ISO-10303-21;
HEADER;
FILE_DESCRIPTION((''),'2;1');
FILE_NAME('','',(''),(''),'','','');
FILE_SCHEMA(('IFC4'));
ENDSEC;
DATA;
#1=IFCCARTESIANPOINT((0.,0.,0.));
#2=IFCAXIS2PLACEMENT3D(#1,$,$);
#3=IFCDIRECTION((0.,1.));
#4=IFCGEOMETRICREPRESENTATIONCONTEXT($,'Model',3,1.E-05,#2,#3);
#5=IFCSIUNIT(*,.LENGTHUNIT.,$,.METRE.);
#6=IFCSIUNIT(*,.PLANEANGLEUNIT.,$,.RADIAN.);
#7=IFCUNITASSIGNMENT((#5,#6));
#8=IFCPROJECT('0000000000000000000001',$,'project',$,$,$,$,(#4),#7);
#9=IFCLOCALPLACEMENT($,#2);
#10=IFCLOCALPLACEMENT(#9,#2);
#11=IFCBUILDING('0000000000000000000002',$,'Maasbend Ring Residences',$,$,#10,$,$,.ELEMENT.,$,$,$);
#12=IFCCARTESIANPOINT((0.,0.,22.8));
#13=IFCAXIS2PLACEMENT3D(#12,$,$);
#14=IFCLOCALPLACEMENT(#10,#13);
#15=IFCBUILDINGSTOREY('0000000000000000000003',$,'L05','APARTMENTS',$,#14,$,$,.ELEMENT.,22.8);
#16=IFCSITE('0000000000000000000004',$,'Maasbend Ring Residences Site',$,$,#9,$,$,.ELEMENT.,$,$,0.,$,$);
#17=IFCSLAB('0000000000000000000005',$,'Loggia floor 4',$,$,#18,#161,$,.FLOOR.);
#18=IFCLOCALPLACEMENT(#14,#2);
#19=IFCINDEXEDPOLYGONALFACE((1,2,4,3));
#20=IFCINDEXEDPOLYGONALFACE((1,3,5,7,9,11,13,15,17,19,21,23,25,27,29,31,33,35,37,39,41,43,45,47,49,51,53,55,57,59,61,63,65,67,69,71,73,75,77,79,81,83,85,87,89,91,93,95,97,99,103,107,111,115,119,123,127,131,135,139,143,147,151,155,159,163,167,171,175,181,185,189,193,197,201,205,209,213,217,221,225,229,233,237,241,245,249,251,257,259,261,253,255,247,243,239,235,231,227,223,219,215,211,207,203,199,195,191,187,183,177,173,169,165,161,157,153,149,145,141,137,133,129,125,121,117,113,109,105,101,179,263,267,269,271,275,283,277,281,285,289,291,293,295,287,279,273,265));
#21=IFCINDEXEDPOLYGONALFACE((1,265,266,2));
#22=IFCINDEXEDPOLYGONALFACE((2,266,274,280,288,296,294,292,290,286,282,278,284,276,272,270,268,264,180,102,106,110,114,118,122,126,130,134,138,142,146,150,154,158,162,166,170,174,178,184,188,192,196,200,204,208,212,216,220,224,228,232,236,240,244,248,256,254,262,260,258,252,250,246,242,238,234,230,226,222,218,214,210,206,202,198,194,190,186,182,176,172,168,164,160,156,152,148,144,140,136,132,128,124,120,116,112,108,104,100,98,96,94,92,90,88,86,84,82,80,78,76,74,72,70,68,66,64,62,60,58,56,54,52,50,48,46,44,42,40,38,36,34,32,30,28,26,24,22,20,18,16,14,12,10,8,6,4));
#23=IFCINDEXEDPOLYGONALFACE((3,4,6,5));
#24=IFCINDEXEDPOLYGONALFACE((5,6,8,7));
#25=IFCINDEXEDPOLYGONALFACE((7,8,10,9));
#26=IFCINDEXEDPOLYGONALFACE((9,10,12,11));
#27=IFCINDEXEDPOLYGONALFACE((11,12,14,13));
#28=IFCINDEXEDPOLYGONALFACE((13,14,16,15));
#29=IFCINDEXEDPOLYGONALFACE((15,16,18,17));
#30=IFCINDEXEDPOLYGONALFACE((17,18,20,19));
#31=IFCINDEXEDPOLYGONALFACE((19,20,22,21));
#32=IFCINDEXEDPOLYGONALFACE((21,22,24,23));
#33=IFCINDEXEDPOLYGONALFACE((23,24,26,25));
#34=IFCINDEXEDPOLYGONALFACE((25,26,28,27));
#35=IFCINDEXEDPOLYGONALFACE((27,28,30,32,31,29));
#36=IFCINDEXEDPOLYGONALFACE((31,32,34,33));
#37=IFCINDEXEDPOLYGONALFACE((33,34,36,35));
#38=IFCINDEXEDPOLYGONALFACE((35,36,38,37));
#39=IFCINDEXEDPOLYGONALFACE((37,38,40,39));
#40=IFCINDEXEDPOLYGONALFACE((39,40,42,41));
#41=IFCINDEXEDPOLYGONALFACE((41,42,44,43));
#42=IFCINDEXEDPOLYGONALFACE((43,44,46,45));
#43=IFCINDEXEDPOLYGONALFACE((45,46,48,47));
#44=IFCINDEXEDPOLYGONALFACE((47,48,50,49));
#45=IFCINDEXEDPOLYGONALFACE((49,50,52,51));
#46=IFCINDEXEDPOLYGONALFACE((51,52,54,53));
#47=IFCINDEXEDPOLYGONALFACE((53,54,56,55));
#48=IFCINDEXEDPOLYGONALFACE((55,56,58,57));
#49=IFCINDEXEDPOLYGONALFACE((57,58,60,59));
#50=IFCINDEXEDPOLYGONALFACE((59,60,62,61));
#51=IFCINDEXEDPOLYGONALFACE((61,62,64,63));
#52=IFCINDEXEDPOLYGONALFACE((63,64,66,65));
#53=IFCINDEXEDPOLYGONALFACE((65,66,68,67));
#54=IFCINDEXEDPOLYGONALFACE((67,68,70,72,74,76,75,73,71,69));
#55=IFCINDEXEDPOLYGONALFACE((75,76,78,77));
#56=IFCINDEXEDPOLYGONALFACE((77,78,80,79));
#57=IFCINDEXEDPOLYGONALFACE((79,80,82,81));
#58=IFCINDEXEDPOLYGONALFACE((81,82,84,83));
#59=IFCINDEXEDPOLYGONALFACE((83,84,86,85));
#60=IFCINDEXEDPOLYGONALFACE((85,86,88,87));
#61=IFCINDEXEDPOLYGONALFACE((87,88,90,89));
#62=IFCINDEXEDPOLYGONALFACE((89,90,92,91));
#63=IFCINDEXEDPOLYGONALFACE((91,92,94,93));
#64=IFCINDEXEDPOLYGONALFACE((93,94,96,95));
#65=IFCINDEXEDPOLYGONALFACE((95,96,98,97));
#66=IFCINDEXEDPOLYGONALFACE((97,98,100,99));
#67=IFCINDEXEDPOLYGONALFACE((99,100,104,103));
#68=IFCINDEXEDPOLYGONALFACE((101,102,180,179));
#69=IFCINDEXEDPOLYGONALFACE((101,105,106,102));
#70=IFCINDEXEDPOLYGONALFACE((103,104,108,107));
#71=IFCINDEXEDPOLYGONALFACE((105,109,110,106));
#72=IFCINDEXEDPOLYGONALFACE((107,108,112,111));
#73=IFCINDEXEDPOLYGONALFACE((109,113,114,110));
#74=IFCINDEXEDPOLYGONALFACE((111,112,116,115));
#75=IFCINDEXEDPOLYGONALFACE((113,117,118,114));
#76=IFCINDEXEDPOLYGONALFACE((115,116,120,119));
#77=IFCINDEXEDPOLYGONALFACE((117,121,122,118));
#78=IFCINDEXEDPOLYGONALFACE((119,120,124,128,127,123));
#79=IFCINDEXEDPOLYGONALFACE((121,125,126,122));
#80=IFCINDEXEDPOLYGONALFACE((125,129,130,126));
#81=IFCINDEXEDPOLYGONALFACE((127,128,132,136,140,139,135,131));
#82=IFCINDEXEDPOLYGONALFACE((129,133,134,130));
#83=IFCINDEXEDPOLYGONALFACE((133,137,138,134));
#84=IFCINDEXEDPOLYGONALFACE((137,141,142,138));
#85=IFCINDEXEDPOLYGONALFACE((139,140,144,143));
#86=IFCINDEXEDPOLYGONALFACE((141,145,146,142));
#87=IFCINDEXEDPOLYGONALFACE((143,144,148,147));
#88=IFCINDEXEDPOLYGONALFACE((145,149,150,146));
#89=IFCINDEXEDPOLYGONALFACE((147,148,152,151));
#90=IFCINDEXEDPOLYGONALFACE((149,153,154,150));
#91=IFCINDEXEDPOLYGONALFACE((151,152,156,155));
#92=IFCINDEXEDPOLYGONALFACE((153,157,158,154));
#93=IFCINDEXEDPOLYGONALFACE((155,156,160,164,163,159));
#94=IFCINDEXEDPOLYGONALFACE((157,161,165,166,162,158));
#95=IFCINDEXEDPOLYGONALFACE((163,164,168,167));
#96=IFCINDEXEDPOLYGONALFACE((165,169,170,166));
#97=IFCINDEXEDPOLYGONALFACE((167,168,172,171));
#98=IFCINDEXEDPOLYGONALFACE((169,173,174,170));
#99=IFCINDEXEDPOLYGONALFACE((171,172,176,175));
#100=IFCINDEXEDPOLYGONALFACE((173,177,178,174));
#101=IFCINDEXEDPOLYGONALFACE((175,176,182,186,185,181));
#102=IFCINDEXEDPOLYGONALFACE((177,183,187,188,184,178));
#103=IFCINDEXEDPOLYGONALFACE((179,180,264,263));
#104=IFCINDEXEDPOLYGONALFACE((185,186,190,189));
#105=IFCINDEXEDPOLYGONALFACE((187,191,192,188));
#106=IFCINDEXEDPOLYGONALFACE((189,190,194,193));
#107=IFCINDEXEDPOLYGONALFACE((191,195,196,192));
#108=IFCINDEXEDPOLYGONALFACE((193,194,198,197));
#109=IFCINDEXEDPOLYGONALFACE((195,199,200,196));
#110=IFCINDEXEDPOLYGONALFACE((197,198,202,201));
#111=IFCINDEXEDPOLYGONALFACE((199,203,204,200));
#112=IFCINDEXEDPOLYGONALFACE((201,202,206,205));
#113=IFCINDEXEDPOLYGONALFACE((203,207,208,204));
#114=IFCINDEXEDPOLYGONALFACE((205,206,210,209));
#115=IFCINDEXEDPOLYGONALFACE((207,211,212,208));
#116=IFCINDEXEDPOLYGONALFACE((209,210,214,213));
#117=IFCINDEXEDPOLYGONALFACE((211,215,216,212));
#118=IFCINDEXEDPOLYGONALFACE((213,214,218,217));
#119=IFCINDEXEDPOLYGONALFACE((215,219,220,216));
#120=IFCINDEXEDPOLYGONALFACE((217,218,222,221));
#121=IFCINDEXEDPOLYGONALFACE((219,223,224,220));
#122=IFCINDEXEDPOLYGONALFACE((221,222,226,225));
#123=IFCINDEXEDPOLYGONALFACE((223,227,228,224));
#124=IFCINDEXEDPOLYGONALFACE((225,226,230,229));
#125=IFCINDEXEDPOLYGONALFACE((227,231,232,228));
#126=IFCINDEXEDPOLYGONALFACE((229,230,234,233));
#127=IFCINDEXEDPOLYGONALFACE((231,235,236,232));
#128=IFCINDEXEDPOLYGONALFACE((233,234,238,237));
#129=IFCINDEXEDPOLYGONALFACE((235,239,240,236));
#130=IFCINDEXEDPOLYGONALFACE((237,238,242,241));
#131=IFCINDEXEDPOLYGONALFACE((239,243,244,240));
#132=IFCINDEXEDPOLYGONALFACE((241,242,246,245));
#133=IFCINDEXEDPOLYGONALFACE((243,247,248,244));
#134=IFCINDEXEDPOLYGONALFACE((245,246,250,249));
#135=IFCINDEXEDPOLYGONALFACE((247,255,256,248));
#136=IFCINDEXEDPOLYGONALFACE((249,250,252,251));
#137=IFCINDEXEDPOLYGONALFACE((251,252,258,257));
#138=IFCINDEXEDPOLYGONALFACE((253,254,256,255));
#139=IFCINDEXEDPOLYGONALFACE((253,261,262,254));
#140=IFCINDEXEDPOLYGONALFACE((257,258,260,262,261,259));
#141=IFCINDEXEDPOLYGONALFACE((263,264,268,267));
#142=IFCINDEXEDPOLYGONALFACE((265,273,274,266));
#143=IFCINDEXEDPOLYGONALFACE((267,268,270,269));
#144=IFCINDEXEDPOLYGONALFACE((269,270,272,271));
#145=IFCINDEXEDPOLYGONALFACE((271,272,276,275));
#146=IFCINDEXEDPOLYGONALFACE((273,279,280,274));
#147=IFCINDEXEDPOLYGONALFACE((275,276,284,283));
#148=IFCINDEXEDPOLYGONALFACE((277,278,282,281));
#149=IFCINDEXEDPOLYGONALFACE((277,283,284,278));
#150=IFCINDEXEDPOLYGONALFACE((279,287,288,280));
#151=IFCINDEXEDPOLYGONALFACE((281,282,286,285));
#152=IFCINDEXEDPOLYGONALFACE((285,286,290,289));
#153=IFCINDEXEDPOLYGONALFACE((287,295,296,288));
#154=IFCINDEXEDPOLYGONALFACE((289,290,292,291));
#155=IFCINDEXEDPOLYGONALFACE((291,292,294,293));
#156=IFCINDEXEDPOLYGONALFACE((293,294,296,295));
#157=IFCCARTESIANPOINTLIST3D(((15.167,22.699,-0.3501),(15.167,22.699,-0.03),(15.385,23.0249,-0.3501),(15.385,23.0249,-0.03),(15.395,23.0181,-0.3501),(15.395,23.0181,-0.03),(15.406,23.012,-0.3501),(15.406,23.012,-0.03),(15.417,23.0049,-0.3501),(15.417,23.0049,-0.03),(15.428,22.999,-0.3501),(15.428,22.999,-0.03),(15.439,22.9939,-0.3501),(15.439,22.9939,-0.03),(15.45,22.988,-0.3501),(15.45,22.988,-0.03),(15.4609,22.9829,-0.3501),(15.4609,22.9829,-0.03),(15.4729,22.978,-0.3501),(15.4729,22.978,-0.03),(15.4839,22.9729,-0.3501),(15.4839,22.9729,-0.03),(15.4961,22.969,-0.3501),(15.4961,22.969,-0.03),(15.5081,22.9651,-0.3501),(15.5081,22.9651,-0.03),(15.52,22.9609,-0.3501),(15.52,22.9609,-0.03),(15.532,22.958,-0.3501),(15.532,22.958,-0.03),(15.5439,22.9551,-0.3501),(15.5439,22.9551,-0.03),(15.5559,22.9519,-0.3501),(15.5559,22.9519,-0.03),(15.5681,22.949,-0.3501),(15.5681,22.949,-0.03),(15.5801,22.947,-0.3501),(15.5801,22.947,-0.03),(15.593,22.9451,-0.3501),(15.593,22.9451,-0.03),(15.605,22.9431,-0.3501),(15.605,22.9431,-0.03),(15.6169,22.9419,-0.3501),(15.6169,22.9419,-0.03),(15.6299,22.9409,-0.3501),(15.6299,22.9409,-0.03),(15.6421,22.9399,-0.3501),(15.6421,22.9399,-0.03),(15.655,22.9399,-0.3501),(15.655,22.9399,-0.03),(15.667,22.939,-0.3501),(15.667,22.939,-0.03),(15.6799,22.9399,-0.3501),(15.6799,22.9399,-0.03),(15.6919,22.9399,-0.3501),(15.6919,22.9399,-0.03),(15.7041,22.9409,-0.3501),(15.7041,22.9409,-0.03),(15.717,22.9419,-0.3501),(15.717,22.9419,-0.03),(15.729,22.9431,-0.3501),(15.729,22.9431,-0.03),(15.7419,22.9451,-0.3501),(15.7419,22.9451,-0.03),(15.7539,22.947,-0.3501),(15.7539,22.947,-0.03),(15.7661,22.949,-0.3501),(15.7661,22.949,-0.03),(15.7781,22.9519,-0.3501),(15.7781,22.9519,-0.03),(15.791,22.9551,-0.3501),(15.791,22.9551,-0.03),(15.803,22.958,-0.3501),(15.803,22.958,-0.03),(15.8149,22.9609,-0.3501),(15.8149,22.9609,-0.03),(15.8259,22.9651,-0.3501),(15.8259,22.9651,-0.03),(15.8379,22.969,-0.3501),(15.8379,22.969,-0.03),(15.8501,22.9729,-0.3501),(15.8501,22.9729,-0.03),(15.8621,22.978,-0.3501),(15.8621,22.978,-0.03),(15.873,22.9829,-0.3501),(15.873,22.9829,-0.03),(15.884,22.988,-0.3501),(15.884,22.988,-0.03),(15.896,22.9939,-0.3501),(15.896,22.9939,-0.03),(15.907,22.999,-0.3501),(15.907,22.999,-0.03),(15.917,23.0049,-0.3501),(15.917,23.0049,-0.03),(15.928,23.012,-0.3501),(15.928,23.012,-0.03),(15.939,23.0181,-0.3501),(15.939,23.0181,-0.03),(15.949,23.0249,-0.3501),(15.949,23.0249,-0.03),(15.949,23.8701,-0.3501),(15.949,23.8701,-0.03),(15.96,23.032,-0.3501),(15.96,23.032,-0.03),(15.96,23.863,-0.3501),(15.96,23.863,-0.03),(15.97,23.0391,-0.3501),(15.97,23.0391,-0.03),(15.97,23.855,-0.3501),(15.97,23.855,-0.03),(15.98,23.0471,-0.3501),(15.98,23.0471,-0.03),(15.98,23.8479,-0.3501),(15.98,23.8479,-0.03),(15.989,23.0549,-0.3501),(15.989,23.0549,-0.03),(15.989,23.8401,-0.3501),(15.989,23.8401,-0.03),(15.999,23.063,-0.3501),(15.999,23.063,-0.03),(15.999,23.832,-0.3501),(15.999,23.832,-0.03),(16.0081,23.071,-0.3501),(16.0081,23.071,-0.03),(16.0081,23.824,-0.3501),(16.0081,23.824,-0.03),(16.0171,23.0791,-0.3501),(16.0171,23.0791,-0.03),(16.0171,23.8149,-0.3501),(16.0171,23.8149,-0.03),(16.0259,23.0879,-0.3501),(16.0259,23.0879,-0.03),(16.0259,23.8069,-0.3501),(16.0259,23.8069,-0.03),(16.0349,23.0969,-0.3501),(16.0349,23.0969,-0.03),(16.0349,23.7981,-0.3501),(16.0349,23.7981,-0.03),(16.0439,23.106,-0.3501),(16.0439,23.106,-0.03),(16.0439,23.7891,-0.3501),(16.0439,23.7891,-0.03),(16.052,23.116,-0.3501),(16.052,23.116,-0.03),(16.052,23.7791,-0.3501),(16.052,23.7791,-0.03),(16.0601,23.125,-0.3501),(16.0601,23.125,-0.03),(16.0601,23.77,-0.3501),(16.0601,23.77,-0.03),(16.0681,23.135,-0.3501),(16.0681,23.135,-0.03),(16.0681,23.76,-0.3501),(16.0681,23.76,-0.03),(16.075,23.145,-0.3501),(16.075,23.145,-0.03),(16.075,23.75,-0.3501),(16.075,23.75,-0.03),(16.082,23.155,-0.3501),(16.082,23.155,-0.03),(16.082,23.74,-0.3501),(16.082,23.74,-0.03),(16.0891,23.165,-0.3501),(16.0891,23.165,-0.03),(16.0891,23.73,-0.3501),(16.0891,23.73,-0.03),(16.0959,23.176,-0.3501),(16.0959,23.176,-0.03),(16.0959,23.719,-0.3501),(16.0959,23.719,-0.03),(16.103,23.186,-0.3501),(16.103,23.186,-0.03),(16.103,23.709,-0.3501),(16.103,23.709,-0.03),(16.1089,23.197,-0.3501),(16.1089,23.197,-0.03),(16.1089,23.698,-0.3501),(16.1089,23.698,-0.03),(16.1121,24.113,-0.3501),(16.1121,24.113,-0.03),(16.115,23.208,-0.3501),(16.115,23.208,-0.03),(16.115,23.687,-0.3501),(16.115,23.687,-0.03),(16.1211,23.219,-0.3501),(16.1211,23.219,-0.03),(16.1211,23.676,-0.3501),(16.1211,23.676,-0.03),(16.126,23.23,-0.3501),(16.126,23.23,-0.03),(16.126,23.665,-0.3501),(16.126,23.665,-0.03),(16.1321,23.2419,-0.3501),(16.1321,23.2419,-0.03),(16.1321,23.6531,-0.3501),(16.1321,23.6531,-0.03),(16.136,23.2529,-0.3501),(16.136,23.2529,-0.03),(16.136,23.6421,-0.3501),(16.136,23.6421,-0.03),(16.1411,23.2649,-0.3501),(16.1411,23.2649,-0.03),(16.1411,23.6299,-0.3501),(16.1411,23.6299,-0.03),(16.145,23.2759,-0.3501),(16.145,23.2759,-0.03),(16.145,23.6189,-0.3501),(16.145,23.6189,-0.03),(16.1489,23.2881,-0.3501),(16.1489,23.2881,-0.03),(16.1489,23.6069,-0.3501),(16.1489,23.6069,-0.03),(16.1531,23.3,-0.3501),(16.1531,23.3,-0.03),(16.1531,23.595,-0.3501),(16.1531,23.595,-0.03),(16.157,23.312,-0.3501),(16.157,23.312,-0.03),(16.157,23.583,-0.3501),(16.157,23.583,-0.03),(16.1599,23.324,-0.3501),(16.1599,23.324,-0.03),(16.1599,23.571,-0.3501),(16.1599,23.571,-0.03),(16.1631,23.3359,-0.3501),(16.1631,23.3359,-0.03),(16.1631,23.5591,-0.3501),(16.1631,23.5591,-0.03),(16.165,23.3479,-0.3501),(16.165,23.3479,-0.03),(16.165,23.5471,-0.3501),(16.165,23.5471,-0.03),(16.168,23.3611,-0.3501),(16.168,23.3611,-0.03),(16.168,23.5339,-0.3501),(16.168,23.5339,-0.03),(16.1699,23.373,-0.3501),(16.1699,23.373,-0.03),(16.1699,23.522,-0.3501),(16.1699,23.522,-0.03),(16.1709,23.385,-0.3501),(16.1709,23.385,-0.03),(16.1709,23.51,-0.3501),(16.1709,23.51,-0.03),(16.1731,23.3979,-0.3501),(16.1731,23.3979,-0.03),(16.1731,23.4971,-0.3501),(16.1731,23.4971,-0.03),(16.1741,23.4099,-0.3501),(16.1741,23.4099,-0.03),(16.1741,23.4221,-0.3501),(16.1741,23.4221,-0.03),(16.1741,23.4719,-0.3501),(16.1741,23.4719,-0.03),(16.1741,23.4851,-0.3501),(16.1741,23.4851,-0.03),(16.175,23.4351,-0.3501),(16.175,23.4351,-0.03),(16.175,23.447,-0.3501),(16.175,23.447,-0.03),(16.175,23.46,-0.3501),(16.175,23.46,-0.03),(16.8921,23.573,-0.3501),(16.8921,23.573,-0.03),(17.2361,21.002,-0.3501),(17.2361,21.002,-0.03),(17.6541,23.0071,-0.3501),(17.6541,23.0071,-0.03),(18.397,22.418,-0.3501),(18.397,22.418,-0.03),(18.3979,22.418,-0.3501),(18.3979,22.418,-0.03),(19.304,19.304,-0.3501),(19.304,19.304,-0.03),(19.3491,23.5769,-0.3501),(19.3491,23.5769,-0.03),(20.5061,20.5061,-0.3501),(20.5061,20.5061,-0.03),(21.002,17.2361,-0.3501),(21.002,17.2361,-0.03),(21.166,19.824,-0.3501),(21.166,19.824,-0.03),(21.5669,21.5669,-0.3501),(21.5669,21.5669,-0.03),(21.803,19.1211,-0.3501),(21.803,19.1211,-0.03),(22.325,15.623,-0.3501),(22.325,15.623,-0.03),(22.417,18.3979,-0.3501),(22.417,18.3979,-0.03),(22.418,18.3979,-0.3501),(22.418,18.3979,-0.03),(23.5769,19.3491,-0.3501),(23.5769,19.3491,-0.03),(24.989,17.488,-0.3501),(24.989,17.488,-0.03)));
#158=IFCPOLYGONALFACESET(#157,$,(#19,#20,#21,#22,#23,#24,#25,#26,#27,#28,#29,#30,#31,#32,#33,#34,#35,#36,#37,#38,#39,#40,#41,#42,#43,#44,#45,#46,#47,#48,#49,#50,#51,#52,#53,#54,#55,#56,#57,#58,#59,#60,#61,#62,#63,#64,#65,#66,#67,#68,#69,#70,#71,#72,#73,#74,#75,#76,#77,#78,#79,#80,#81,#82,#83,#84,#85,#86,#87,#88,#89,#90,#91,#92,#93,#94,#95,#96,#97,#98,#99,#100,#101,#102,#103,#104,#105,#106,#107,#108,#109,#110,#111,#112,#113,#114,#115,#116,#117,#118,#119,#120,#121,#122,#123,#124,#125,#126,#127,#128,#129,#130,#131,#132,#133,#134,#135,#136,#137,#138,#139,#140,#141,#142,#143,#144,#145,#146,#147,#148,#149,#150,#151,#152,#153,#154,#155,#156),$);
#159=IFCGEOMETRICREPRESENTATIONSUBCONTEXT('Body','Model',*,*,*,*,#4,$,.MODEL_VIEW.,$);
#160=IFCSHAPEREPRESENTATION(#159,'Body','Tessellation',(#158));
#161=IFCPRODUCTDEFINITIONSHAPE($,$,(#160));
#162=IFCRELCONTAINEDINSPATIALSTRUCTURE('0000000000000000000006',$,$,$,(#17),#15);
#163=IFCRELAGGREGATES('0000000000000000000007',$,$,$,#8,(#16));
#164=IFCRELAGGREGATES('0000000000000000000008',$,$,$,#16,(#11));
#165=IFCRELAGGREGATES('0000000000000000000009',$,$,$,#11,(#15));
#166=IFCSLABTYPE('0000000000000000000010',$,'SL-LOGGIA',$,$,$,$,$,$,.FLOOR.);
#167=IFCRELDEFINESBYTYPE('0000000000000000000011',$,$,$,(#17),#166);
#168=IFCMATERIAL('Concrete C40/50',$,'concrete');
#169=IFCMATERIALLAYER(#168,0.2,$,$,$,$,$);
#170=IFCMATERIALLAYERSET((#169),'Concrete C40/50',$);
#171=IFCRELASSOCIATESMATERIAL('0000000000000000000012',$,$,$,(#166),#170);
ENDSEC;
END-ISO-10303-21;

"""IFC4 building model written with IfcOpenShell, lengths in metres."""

from ifc_helpers import new_model, si_unit, direction, frame, origin, place, context, subcontext, project, spatial, polyline, outline, extrude, material, layer, layer_set, type_object, element, save


model = new_model("IFC4")

# Units and contexts
model_context = context("Model", 3, precision=1e-05, world=origin(), true_north=direction((0.0, 1.0)))
body_context = subcontext(model_context, "Body", "Model", "MODEL_VIEW")
ifc_project = project(units=[si_unit("LENGTHUNIT", "METRE"), si_unit("PLANEANGLEUNIT", "RADIAN")], contexts=[model_context])

# Site, building, storey
site_placement = place(None, origin())
site = spatial("IfcSite", under=ifc_project, at=site_placement, Name="Maasbend Ring Residences Site", CompositionType="ELEMENT", RefElevation=0.0)
building_placement = place(site_placement, origin())
building = spatial("IfcBuilding", under=site, at=building_placement, Name="Maasbend Ring Residences", CompositionType="ELEMENT")
storey_placement = place(building_placement, frame((0.0, 0.0, 22.8)))
storey = spatial("IfcBuildingStorey", under=building, at=storey_placement, Name="L05", Description="APARTMENTS", CompositionType="ELEMENT", Elevation=22.8)

# Slab
ifc_material_1 = material(Name="Concrete C40/50", Category="concrete")
ifc_layer_1 = layer(ifc_material_1, 0.2)
ifc_layer_set_1 = layer_set([ifc_layer_1], Name="Concrete C40/50")
slab_type_1 = type_object("IfcSlabType", Name="SL-LOGGIA", PredefinedType="FLOOR", material=ifc_layer_set_1)
slab_1_placement = place(storey_placement, frame((0.0, 0.0, -0.3501)))
element("IfcSlab", 1, at=slab_1_placement, inside=storey, type_object=slab_type_1, Name="Loggia floor 4", PredefinedType="FLOOR", context=body_context, shape_type="SweptSolid", body=[
    extrude(outline(polyline([(15.406, 23.012), (15.417, 23.0049), (15.428, 22.999), (15.439, 22.9939), (15.45, 22.988), (15.4609, 22.9829), (15.4729, 22.978), (15.4839, 22.9729), (15.4961, 22.969), (15.5081, 22.9651), (15.52, 22.9609), (15.532, 22.958), (15.5439, 22.9551), (15.5559, 22.9519), (15.5681, 22.949), (15.5801, 22.947), (15.593, 22.9451), (15.605, 22.9431), (15.6169, 22.9419), (15.6299, 22.9409), (15.6421, 22.9399), (15.655, 22.9399), (15.667, 22.939), (15.6799, 22.9399), (15.6919, 22.9399), (15.7041, 22.9409), (15.717, 22.9419), (15.729, 22.9431), (15.7419, 22.9451), (15.7539, 22.947), (15.7661, 22.949), (15.7781, 22.9519), (15.791, 22.9551), (15.803, 22.958), (15.8149, 22.9609), (15.8259, 22.9651), (15.8379, 22.969), (15.8501, 22.9729), (15.8621, 22.978), (15.873, 22.9829), (15.884, 22.988), (15.896, 22.9939), (15.907, 22.999), (15.917, 23.0049), (15.928, 23.012), (15.939, 23.0181), (15.949, 23.0249), (15.96, 23.032), (15.97, 23.0391), (15.98, 23.0471), (15.989, 23.0549), (15.999, 23.063), (16.0081, 23.071), (16.0171, 23.0791), (16.0259, 23.0879), (16.0349, 23.0969), (16.0439, 23.106), (16.052, 23.116), (16.0601, 23.125), (16.0681, 23.135), (16.075, 23.145), (16.082, 23.155), (16.0891, 23.165), (16.0959, 23.176), (16.103, 23.186), (16.1089, 23.197), (16.115, 23.208), (16.1211, 23.219), (16.126, 23.23), (16.1321, 23.2419), (16.136, 23.2529), (16.1411, 23.2649), (16.145, 23.2759), (16.1489, 23.2881), (16.1531, 23.3), (16.157, 23.312), (16.1599, 23.324), (16.1631, 23.3359), (16.165, 23.3479), (16.168, 23.3611), (16.1699, 23.373), (16.1709, 23.385), (16.1731, 23.3979), (16.1741, 23.4099), (16.1741, 23.4221), (16.175, 23.4351), (16.175, 23.447), (16.175, 23.46), (16.1741, 23.4719), (16.1741, 23.4851), (16.1731, 23.4971), (16.1709, 23.51), (16.1699, 23.522), (16.168, 23.5339), (16.165, 23.5471), (16.1631, 23.5591), (16.1599, 23.571), (16.157, 23.583), (16.1531, 23.595), (16.1489, 23.6069), (16.145, 23.6189), (16.1411, 23.6299), (16.136, 23.6421), (16.1321, 23.6531), (16.126, 23.665), (16.1211, 23.676), (16.115, 23.687), (16.1089, 23.698), (16.103, 23.709), (16.0959, 23.719), (16.0891, 23.73), (16.082, 23.74), (16.075, 23.75), (16.0681, 23.76), (16.0601, 23.77), (16.052, 23.7791), (16.0439, 23.7891), (16.0349, 23.7981), (16.0259, 23.8069), (16.0171, 23.8149), (16.0081, 23.824), (15.999, 23.832), (15.989, 23.8401), (15.98, 23.8479), (15.97, 23.855), (15.96, 23.863), (15.949, 23.8701), (15.949, 23.8701), (16.1121, 24.113), (16.1121, 24.113), (16.1121, 24.113), (16.8921, 23.573), (16.8921, 23.573), (17.6541, 23.0071), (17.6541, 23.0071), (18.397, 22.418), (18.397, 22.418), (18.397, 22.418), (18.397, 22.418), (18.397, 22.418), (18.397, 22.418), (18.397, 22.418), (18.397, 22.418), (18.397, 22.418), (18.397, 22.418), (18.397, 22.418), (18.3979, 22.418), (18.3979, 22.418), (18.3979, 22.418), (18.3979, 22.418), (18.3979, 22.418), (18.3979, 22.418), (19.3491, 23.5769), (19.3491, 23.5769), (19.3491, 23.5769), (21.5669, 21.5669), (21.5669, 21.5669), (21.5669, 21.5669), (20.5061, 20.5061), (20.5061, 20.5061), (20.5061, 20.5061), (20.5061, 20.5061), (20.5061, 20.5061), (20.5061, 20.5061), (20.5061, 20.5061), (20.5061, 20.5061), (20.5061, 20.5061), (20.5061, 20.5061), (20.5061, 20.5061), (20.5061, 20.5061), (20.5061, 20.5061), (20.5061, 20.5061), (20.5061, 20.5061), (20.5061, 20.5061), (20.5061, 20.5061), (21.166, 19.824), (21.166, 19.824), (21.803, 19.1211), (21.803, 19.1211), (22.417, 18.3979), (22.417, 18.3979), (22.417, 18.3979), (22.417, 18.3979), (22.417, 18.3979), (22.417, 18.3979), (22.417, 18.3979), (22.417, 18.3979), (22.417, 18.3979), (22.417, 18.3979), (22.417, 18.3979), (22.417, 18.3979), (22.418, 18.3979), (22.418, 18.3979), (22.418, 18.3979), (22.418, 18.3979), (22.418, 18.3979), (23.5769, 19.3491), (23.5769, 19.3491), (23.5769, 19.3491), (24.989, 17.488), (24.989, 17.488), (24.989, 17.488), (22.325, 15.623), (22.325, 15.623), (22.325, 15.623), (21.002, 17.2361), (19.304, 19.304), (19.304, 19.304), (19.304, 19.304), (17.2361, 21.002), (15.167, 22.699), (15.167, 22.699), (15.167, 22.699), (15.385, 23.0249), (15.385, 23.0249), (15.395, 23.0181), (15.406, 23.012)])), origin(), (0.0, 0.0, 1.0), 0.3201),
])

save(model, "model.ifc")
